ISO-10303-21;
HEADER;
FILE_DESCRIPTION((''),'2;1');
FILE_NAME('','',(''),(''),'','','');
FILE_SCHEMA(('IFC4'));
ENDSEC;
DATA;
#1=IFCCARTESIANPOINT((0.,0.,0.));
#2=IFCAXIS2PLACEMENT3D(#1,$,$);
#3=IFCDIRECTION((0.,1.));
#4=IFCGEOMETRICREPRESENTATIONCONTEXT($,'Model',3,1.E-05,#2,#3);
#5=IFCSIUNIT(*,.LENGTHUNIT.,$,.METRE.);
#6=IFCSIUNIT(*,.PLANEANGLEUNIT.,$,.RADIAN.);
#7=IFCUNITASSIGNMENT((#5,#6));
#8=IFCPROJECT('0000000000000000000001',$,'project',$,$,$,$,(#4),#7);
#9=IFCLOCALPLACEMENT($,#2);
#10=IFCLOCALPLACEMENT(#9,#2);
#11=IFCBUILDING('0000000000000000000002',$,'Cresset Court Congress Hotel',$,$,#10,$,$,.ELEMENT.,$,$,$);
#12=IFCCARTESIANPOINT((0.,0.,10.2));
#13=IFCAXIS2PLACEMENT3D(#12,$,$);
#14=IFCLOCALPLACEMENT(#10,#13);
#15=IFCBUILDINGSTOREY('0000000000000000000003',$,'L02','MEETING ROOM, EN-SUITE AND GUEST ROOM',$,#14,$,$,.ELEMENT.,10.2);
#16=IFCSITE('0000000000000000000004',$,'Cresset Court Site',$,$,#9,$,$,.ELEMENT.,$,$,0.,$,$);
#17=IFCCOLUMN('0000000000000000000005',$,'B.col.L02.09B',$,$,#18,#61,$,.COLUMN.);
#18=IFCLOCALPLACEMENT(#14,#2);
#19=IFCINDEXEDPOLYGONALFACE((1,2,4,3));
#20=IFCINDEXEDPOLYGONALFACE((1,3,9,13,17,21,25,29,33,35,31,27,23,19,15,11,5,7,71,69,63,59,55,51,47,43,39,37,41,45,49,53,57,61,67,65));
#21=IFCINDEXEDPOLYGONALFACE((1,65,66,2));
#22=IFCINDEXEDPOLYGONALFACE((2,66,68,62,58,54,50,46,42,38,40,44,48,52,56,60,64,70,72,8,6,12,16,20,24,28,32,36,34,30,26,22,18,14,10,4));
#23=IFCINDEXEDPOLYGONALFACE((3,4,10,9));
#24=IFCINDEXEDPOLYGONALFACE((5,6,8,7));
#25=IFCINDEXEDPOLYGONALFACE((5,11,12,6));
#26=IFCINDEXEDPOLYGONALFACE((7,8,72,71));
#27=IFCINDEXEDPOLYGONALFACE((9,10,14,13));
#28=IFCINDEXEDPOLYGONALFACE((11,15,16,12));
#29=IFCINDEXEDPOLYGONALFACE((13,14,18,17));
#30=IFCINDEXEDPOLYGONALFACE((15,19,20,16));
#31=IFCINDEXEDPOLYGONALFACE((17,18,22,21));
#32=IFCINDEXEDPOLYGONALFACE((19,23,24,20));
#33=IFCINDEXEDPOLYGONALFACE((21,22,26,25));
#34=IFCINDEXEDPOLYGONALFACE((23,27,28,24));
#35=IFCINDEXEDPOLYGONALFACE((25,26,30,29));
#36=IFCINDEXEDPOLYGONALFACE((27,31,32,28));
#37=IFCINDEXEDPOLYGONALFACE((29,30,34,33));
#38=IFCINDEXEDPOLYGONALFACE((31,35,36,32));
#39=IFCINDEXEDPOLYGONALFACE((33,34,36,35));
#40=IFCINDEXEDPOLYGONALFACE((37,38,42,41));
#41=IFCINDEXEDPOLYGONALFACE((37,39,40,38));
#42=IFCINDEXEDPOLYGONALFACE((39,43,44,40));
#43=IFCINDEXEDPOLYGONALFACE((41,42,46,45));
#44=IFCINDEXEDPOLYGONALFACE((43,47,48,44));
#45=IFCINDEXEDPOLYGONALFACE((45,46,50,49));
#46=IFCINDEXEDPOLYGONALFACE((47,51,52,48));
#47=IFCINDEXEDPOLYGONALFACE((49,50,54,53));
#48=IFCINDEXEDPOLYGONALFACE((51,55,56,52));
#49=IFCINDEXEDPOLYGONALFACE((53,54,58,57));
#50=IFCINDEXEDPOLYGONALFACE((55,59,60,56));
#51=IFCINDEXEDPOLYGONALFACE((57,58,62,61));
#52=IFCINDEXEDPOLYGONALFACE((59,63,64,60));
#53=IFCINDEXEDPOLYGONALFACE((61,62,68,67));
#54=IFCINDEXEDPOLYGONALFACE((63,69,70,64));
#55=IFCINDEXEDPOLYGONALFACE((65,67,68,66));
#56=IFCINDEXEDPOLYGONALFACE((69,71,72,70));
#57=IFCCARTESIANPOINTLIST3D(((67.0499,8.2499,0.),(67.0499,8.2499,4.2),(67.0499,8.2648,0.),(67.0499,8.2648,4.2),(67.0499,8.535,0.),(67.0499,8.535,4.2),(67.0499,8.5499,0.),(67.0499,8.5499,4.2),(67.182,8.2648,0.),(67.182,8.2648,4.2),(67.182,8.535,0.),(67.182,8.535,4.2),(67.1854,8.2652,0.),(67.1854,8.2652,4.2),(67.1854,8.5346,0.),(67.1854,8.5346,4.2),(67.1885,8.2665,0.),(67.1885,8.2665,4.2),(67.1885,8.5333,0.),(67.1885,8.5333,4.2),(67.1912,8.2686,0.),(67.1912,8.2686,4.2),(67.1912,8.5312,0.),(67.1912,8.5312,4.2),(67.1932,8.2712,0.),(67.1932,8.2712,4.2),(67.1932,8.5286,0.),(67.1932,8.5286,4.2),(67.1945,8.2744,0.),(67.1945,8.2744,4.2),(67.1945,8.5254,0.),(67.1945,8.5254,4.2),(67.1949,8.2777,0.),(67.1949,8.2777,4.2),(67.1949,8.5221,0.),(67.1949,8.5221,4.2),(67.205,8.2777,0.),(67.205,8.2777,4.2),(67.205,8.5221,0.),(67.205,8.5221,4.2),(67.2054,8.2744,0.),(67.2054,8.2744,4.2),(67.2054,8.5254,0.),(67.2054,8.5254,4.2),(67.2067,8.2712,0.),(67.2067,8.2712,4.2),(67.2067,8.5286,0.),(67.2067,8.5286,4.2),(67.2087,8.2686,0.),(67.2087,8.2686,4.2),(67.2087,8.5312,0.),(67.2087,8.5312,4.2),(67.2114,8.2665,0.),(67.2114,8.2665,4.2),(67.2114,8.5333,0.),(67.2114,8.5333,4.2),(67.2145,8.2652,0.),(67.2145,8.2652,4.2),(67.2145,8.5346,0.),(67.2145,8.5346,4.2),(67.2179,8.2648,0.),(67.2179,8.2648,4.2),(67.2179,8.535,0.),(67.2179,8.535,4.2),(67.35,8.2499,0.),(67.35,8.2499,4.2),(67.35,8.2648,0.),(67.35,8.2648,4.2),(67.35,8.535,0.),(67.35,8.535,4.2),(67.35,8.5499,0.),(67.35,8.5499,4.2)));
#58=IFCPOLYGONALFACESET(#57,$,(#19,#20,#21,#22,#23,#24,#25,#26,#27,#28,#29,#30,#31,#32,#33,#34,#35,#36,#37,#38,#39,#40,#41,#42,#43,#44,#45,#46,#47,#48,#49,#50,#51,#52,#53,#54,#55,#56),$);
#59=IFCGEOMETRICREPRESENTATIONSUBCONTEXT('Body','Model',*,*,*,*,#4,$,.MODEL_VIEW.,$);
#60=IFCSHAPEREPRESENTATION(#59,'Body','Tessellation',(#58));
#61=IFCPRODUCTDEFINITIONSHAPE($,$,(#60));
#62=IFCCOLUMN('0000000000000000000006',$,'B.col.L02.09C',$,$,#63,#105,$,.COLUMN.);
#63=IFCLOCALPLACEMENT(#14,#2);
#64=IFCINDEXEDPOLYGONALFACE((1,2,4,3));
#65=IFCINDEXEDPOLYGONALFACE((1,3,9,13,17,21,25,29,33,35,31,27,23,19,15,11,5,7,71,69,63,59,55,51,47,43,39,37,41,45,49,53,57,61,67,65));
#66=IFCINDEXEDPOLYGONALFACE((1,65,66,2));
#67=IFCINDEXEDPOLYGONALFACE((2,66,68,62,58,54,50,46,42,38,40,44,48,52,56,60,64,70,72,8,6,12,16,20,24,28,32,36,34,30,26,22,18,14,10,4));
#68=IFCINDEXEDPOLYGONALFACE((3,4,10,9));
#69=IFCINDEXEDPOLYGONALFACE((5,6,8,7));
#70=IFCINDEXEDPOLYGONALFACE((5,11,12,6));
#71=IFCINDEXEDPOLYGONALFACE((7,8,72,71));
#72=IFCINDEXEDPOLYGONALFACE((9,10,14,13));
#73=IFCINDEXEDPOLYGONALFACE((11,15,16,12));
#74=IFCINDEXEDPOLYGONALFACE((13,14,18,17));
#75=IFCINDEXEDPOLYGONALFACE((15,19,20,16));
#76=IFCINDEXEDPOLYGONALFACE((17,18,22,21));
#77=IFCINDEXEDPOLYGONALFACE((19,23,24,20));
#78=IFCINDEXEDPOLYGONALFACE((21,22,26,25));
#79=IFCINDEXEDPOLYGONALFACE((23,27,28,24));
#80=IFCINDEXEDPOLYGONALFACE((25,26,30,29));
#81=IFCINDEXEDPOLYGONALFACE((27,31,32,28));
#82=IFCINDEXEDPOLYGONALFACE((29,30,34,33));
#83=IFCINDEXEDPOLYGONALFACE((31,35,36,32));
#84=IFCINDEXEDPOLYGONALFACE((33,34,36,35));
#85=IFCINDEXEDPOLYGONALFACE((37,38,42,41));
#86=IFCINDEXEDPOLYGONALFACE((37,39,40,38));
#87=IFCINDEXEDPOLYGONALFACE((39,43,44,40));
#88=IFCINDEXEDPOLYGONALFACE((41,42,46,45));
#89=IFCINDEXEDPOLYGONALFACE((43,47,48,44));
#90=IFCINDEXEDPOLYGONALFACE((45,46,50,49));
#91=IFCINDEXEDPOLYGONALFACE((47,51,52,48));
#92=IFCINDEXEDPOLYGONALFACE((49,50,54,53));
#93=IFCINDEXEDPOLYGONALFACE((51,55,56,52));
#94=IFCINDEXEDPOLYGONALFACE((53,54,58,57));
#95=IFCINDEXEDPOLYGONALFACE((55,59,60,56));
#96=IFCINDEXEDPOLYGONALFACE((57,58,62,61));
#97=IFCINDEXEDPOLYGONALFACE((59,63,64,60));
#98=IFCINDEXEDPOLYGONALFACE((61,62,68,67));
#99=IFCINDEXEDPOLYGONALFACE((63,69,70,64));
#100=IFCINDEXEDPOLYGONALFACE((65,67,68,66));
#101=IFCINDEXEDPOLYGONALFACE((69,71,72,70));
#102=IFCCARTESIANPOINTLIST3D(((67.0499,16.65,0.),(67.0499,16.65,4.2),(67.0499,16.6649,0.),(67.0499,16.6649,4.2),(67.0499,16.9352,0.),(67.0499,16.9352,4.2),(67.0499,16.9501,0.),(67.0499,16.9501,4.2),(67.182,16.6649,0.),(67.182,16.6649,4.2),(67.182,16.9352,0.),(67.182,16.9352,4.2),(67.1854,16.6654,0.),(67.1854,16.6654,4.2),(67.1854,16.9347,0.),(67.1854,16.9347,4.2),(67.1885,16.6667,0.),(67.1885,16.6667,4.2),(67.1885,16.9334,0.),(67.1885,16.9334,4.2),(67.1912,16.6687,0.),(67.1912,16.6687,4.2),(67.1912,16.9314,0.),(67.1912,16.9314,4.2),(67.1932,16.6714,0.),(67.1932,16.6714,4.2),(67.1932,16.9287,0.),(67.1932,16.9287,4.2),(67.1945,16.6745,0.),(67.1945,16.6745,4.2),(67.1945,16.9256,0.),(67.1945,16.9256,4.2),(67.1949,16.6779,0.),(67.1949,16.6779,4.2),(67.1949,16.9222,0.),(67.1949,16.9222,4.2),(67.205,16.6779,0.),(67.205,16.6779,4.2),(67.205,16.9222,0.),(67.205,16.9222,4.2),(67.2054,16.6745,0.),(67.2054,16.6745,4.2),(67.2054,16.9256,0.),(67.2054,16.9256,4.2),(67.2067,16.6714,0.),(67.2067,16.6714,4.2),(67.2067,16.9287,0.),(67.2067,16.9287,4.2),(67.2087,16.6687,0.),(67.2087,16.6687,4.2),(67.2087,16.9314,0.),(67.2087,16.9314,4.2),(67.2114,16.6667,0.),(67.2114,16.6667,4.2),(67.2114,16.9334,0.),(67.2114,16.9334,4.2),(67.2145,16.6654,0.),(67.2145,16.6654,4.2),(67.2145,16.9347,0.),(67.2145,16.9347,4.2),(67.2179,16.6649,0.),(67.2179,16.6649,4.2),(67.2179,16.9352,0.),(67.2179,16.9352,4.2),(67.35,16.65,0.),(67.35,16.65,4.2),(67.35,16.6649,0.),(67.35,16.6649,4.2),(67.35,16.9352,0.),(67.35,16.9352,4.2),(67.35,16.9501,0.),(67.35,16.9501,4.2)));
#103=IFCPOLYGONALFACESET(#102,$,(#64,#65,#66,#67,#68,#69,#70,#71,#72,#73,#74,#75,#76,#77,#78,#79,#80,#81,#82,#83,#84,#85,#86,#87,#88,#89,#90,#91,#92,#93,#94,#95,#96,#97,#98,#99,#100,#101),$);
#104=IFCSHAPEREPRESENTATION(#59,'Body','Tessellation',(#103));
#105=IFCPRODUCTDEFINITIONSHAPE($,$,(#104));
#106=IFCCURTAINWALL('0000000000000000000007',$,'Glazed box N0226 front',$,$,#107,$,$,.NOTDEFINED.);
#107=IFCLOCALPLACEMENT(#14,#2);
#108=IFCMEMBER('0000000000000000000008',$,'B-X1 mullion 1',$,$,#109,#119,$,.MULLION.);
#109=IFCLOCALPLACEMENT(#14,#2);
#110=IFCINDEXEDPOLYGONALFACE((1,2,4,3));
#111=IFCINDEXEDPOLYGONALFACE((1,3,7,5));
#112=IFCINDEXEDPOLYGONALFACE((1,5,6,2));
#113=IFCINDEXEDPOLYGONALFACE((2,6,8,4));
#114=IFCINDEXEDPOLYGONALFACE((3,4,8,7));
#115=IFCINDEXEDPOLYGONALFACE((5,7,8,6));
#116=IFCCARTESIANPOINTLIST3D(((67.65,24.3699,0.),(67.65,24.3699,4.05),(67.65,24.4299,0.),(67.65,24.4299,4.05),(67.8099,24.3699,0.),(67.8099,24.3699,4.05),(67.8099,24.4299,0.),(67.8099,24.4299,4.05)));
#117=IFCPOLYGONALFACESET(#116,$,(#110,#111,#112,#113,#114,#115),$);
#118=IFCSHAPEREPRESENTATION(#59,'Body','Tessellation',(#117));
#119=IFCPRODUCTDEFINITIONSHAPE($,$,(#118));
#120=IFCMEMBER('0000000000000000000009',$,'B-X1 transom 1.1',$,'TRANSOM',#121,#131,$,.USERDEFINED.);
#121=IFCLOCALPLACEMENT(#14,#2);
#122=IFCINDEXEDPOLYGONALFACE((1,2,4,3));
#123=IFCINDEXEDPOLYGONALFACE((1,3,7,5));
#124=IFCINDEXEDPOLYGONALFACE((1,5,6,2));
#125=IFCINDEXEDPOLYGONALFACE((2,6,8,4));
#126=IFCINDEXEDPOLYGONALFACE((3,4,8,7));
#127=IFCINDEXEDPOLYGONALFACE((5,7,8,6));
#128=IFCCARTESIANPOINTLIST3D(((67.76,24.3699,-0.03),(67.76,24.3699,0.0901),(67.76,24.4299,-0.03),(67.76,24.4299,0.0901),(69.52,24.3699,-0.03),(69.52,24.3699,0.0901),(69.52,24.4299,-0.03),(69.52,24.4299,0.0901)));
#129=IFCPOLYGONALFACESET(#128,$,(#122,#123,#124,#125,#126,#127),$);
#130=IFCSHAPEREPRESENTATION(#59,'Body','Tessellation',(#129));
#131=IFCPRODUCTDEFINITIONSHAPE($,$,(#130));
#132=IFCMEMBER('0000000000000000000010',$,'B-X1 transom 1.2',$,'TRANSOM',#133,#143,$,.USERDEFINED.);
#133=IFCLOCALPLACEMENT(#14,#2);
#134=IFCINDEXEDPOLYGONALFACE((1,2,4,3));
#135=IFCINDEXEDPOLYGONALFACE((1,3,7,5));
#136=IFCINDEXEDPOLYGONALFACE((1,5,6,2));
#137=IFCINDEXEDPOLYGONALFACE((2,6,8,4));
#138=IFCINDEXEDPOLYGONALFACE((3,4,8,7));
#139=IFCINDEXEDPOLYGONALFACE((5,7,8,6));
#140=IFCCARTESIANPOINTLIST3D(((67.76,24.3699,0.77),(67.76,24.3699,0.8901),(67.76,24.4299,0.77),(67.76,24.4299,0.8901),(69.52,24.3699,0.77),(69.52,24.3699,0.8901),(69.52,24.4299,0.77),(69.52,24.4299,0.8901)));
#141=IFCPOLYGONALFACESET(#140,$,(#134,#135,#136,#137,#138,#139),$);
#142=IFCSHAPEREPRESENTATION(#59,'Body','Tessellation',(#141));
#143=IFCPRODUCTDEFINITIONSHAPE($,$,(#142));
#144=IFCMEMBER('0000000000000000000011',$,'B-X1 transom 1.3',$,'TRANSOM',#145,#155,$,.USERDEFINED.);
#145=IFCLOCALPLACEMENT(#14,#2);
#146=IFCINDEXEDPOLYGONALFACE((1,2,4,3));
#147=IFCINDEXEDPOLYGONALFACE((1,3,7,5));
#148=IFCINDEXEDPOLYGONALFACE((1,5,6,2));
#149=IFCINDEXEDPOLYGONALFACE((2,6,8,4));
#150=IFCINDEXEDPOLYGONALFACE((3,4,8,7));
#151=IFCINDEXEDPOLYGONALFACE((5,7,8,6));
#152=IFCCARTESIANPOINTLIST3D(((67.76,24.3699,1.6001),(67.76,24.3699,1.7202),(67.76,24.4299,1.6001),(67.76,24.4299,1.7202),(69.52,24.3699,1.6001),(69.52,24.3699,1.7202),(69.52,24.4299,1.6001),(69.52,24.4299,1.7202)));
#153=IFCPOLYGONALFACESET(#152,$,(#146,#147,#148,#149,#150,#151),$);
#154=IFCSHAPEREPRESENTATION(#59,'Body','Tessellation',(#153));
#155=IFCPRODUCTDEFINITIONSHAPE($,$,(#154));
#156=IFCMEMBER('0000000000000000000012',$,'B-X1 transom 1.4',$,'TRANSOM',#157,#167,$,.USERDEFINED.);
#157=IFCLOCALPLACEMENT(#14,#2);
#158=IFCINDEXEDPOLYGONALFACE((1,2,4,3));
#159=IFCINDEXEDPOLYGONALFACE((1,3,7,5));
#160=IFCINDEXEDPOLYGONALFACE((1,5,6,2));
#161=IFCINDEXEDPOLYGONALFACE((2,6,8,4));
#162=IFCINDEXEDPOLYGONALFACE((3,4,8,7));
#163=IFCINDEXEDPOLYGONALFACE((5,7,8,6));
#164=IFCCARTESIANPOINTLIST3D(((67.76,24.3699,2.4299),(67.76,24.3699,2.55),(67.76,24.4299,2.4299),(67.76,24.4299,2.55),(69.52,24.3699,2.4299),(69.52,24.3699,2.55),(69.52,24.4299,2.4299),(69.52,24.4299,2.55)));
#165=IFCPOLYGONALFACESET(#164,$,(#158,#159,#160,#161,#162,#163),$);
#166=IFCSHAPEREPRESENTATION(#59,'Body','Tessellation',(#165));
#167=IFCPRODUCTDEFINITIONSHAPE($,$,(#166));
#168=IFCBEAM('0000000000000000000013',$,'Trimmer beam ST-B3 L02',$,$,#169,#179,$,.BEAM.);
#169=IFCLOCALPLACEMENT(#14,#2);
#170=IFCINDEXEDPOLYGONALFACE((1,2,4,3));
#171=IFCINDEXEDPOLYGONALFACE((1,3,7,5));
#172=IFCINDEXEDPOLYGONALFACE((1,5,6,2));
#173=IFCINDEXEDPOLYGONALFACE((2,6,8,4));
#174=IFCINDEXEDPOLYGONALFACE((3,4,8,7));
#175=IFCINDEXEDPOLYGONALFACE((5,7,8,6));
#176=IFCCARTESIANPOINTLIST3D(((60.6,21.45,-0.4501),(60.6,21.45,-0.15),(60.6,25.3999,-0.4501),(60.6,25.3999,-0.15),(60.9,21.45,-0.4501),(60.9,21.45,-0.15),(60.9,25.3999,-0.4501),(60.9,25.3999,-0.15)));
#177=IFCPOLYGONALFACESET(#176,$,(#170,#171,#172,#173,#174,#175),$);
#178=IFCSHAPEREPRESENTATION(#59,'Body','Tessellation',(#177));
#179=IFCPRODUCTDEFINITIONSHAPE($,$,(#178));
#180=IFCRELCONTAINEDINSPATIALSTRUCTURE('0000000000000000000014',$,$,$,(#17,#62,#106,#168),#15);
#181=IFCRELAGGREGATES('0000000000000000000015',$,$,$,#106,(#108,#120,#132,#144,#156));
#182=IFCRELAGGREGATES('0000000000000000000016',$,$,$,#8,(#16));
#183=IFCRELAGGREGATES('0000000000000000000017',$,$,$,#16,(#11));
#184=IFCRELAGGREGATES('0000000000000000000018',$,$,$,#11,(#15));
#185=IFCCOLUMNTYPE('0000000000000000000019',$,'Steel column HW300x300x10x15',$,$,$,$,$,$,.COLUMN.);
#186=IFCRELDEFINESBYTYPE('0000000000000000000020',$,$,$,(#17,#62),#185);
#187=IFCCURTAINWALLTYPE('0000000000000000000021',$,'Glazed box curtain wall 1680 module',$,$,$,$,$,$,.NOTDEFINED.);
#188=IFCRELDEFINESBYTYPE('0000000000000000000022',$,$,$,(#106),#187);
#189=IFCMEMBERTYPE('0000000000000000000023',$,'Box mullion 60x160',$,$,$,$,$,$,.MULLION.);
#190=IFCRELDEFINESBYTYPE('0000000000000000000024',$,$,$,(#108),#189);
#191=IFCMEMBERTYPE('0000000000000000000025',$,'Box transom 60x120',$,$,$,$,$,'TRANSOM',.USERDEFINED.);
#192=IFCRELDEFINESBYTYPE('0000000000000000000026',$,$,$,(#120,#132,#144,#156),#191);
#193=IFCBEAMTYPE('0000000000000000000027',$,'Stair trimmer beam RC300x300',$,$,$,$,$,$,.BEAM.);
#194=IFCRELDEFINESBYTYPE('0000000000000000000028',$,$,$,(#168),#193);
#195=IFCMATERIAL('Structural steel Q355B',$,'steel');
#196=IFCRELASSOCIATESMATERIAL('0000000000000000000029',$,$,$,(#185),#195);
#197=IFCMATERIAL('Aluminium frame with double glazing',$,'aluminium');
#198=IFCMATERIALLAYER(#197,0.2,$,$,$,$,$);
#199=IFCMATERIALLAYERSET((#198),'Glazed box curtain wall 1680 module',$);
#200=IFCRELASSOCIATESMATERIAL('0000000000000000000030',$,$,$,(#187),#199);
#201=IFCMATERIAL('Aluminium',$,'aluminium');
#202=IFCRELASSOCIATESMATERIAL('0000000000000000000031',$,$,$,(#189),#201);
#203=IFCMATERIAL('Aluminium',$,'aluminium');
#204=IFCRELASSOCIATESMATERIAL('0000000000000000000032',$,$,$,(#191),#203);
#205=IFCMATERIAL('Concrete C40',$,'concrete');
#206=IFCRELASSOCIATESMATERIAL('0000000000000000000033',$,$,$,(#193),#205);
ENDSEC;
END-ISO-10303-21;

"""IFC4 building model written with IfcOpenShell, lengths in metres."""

from ifc_helpers import new_model, si_unit, direction, frame, origin, origin_2d, place, context, subcontext, project, spatial, rectangle, i_section, extrude, material, layer, layer_set, material_profile, profile_set, type_object, element, aggregate, save


model = new_model("IFC4")

# Units and contexts
model_context = context("Model", 3, precision=1e-05, world=origin(), true_north=direction((0.0, 1.0)))
body_context = subcontext(model_context, "Body", "Model", "MODEL_VIEW")
ifc_project = project(units=[si_unit("LENGTHUNIT", "METRE"), si_unit("PLANEANGLEUNIT", "RADIAN")], contexts=[model_context])

# Site, building, storey
site_placement = place(None, origin())
site = spatial("IfcSite", under=ifc_project, at=site_placement, Name="Cresset Court Site", CompositionType="ELEMENT", RefElevation=0.0)
building_placement = place(site_placement, origin())
building = spatial("IfcBuilding", under=site, at=building_placement, Name="Cresset Court Congress Hotel", CompositionType="ELEMENT")
storey_placement = place(building_placement, frame((0.0, 0.0, 10.2)))
storey = spatial("IfcBuildingStorey", under=building, at=storey_placement, Name="L02", Description="MEETING ROOM, EN-SUITE AND GUEST ROOM", CompositionType="ELEMENT", Elevation=10.2)

# Columns
ifc_material_1 = material(Name="Structural steel Q355B", Category="steel")
ifc_material_profile_1 = material_profile(ifc_material_1, i_section(OverallWidth=0.3, OverallDepth=0.3, WebThickness=0.01, FlangeThickness=0.0149, FilletRadius=0.0129, at=origin_2d()), Name="HW300x300x10x15")
ifc_profile_set_1 = profile_set([ifc_material_profile_1], Name="Structural steel Q355B")
column_type = type_object("IfcColumnType", Name="Steel column HW300x300x10x15", PredefinedType="COLUMN", material=ifc_profile_set_1)
for number, where, z_axis, x_axis, name in (
    (1, (67.2, 8.3999, 0.0), (0.0, 0.0, 1.0), (1.0, 0.0, 0.0), "B.col.L02.09B"),
    (2, (67.2, 16.8, 0.0), (0.0, 0.0, 1.0), (1.0, 0.0, 0.0), "B.col.L02.09C"),
):
    element("IfcColumn", number, at=place(storey_placement, frame(where, z_axis=z_axis, x_axis=x_axis)), inside=storey, type_object=column_type, Name=name, PredefinedType="COLUMN", context=body_context, shape_type="SweptSolid", body=[
        extrude(i_section(OverallWidth=0.3, OverallDepth=0.3, WebThickness=0.01, FlangeThickness=0.0149, FilletRadius=0.0129, at=origin_2d()), origin(), (0.0, 0.0, 1.0), 4.2),
    ])

# Curtain wall, members
ifc_material_2 = material(Name="Aluminium frame with double glazing", Category="aluminium")
ifc_layer_1 = layer(ifc_material_2, 0.2)
ifc_layer_set_1 = layer_set([ifc_layer_1], Name="Glazed box curtain wall 1680 module")
curtain_wall_type = type_object("IfcCurtainWallType", Name="Glazed box curtain wall 1680 module", PredefinedType="NOTDEFINED", material=ifc_layer_set_1)
curtain_wall_placement = place(storey_placement, origin())
curtain_wall = element("IfcCurtainWall", 3, at=curtain_wall_placement, inside=storey, type_object=curtain_wall_type, Name="Glazed box N0226 front", PredefinedType="NOTDEFINED")
ifc_material_3 = material(Name="Aluminium", Category="aluminium")
ifc_material_profile_2 = material_profile(ifc_material_3, rectangle(XDim=0.0601, YDim=0.1599, at=origin_2d()), Name="Box mullion 60x160")
ifc_profile_set_2 = profile_set([ifc_material_profile_2], Name="Aluminium")
member_type_1 = type_object("IfcMemberType", Name="Box mullion 60x160", PredefinedType="MULLION", material=ifc_profile_set_2)
member_1_placement = place(storey_placement, frame((67.73, 24.3999, 0.0), z_axis=(0.0, 0.0, 1.0), x_axis=(0.0, 1.0, 0.0)))
member_1 = element("IfcMember", 4, at=member_1_placement, type_object=member_type_1, Name="B-X1 mullion 1", PredefinedType="MULLION", context=body_context, shape_type="SweptSolid", body=[
    extrude(rectangle(XDim=0.0601, YDim=0.1599, at=origin_2d()), origin(), (0.0, 0.0, 1.0), 4.05),
])
ifc_material_4 = material(Name="Aluminium", Category="aluminium")
ifc_material_profile_3 = material_profile(ifc_material_4, rectangle(XDim=0.0601, YDim=0.1201, at=origin_2d()), Name="Box transom 60x120")
ifc_profile_set_3 = profile_set([ifc_material_profile_3], Name="Aluminium")
member_type_2 = type_object("IfcMemberType", Name="Box transom 60x120", ElementType="TRANSOM", PredefinedType="USERDEFINED", material=ifc_profile_set_3)
member_2_placement = place(storey_placement, frame((67.76, 24.3999, 0.03), z_axis=(1.0, 0.0, 0.0), x_axis=(0.0, 1.0, 0.0)))
member_2 = element("IfcMember", 5, at=member_2_placement, type_object=member_type_2, Name="B-X1 transom 1.1", ObjectType="TRANSOM", PredefinedType="USERDEFINED", context=body_context, shape_type="SweptSolid", body=[
    extrude(rectangle(XDim=0.0601, YDim=0.1201, at=origin_2d()), origin(), (0.0, 0.0, 1.0), 1.76),
])
member_3_placement = place(storey_placement, frame((67.76, 24.3999, 0.8301), z_axis=(1.0, 0.0, 0.0), x_axis=(0.0, 1.0, 0.0)))
member_3 = element("IfcMember", 6, at=member_3_placement, type_object=member_type_2, Name="B-X1 transom 1.2", ObjectType="TRANSOM", PredefinedType="USERDEFINED", context=body_context, shape_type="SweptSolid", body=[
    extrude(rectangle(XDim=0.0601, YDim=0.1201, at=origin_2d()), origin(), (0.0, 0.0, 1.0), 1.76),
])
member_4_placement = place(storey_placement, frame((67.76, 24.3999, 1.6602), z_axis=(1.0, 0.0, 0.0), x_axis=(0.0, 1.0, 0.0)))
member_4 = element("IfcMember", 7, at=member_4_placement, type_object=member_type_2, Name="B-X1 transom 1.3", ObjectType="TRANSOM", PredefinedType="USERDEFINED", context=body_context, shape_type="SweptSolid", body=[
    extrude(rectangle(XDim=0.0601, YDim=0.1201, at=origin_2d()), origin(), (0.0, 0.0, 1.0), 1.76),
])
member_5_placement = place(storey_placement, frame((67.76, 24.3999, 2.49), z_axis=(1.0, 0.0, 0.0), x_axis=(0.0, 1.0, 0.0)))
member_5 = element("IfcMember", 8, at=member_5_placement, type_object=member_type_2, Name="B-X1 transom 1.4", ObjectType="TRANSOM", PredefinedType="USERDEFINED", context=body_context, shape_type="SweptSolid", body=[
    extrude(rectangle(XDim=0.0601, YDim=0.1201, at=origin_2d()), origin(), (0.0, 0.0, 1.0), 1.76),
])
aggregate(curtain_wall, [member_1, member_2, member_3, member_4, member_5])

# Beam
ifc_material_5 = material(Name="Concrete C40", Category="concrete")
ifc_material_profile_4 = material_profile(ifc_material_5, rectangle(XDim=0.3, YDim=0.3, at=origin_2d()), Name="RC300x300")
ifc_profile_set_4 = profile_set([ifc_material_profile_4], Name="Concrete C40")
beam_type_1 = type_object("IfcBeamType", Name="Stair trimmer beam RC300x300", PredefinedType="BEAM", material=ifc_profile_set_4)
beam_1_placement = place(storey_placement, frame((60.75, 21.45, -0.3), z_axis=(0.0, 1.0, 0.0), x_axis=(-1.0, 0.0, 0.0)))
element("IfcBeam", 9, at=beam_1_placement, inside=storey, type_object=beam_type_1, Name="Trimmer beam ST-B3 L02", PredefinedType="BEAM", context=body_context, shape_type="SweptSolid", body=[
    extrude(rectangle(XDim=0.3, YDim=0.3, at=origin_2d()), origin(), (0.0, 0.0, 1.0), 3.95),
])

save(model, "model.ifc")
